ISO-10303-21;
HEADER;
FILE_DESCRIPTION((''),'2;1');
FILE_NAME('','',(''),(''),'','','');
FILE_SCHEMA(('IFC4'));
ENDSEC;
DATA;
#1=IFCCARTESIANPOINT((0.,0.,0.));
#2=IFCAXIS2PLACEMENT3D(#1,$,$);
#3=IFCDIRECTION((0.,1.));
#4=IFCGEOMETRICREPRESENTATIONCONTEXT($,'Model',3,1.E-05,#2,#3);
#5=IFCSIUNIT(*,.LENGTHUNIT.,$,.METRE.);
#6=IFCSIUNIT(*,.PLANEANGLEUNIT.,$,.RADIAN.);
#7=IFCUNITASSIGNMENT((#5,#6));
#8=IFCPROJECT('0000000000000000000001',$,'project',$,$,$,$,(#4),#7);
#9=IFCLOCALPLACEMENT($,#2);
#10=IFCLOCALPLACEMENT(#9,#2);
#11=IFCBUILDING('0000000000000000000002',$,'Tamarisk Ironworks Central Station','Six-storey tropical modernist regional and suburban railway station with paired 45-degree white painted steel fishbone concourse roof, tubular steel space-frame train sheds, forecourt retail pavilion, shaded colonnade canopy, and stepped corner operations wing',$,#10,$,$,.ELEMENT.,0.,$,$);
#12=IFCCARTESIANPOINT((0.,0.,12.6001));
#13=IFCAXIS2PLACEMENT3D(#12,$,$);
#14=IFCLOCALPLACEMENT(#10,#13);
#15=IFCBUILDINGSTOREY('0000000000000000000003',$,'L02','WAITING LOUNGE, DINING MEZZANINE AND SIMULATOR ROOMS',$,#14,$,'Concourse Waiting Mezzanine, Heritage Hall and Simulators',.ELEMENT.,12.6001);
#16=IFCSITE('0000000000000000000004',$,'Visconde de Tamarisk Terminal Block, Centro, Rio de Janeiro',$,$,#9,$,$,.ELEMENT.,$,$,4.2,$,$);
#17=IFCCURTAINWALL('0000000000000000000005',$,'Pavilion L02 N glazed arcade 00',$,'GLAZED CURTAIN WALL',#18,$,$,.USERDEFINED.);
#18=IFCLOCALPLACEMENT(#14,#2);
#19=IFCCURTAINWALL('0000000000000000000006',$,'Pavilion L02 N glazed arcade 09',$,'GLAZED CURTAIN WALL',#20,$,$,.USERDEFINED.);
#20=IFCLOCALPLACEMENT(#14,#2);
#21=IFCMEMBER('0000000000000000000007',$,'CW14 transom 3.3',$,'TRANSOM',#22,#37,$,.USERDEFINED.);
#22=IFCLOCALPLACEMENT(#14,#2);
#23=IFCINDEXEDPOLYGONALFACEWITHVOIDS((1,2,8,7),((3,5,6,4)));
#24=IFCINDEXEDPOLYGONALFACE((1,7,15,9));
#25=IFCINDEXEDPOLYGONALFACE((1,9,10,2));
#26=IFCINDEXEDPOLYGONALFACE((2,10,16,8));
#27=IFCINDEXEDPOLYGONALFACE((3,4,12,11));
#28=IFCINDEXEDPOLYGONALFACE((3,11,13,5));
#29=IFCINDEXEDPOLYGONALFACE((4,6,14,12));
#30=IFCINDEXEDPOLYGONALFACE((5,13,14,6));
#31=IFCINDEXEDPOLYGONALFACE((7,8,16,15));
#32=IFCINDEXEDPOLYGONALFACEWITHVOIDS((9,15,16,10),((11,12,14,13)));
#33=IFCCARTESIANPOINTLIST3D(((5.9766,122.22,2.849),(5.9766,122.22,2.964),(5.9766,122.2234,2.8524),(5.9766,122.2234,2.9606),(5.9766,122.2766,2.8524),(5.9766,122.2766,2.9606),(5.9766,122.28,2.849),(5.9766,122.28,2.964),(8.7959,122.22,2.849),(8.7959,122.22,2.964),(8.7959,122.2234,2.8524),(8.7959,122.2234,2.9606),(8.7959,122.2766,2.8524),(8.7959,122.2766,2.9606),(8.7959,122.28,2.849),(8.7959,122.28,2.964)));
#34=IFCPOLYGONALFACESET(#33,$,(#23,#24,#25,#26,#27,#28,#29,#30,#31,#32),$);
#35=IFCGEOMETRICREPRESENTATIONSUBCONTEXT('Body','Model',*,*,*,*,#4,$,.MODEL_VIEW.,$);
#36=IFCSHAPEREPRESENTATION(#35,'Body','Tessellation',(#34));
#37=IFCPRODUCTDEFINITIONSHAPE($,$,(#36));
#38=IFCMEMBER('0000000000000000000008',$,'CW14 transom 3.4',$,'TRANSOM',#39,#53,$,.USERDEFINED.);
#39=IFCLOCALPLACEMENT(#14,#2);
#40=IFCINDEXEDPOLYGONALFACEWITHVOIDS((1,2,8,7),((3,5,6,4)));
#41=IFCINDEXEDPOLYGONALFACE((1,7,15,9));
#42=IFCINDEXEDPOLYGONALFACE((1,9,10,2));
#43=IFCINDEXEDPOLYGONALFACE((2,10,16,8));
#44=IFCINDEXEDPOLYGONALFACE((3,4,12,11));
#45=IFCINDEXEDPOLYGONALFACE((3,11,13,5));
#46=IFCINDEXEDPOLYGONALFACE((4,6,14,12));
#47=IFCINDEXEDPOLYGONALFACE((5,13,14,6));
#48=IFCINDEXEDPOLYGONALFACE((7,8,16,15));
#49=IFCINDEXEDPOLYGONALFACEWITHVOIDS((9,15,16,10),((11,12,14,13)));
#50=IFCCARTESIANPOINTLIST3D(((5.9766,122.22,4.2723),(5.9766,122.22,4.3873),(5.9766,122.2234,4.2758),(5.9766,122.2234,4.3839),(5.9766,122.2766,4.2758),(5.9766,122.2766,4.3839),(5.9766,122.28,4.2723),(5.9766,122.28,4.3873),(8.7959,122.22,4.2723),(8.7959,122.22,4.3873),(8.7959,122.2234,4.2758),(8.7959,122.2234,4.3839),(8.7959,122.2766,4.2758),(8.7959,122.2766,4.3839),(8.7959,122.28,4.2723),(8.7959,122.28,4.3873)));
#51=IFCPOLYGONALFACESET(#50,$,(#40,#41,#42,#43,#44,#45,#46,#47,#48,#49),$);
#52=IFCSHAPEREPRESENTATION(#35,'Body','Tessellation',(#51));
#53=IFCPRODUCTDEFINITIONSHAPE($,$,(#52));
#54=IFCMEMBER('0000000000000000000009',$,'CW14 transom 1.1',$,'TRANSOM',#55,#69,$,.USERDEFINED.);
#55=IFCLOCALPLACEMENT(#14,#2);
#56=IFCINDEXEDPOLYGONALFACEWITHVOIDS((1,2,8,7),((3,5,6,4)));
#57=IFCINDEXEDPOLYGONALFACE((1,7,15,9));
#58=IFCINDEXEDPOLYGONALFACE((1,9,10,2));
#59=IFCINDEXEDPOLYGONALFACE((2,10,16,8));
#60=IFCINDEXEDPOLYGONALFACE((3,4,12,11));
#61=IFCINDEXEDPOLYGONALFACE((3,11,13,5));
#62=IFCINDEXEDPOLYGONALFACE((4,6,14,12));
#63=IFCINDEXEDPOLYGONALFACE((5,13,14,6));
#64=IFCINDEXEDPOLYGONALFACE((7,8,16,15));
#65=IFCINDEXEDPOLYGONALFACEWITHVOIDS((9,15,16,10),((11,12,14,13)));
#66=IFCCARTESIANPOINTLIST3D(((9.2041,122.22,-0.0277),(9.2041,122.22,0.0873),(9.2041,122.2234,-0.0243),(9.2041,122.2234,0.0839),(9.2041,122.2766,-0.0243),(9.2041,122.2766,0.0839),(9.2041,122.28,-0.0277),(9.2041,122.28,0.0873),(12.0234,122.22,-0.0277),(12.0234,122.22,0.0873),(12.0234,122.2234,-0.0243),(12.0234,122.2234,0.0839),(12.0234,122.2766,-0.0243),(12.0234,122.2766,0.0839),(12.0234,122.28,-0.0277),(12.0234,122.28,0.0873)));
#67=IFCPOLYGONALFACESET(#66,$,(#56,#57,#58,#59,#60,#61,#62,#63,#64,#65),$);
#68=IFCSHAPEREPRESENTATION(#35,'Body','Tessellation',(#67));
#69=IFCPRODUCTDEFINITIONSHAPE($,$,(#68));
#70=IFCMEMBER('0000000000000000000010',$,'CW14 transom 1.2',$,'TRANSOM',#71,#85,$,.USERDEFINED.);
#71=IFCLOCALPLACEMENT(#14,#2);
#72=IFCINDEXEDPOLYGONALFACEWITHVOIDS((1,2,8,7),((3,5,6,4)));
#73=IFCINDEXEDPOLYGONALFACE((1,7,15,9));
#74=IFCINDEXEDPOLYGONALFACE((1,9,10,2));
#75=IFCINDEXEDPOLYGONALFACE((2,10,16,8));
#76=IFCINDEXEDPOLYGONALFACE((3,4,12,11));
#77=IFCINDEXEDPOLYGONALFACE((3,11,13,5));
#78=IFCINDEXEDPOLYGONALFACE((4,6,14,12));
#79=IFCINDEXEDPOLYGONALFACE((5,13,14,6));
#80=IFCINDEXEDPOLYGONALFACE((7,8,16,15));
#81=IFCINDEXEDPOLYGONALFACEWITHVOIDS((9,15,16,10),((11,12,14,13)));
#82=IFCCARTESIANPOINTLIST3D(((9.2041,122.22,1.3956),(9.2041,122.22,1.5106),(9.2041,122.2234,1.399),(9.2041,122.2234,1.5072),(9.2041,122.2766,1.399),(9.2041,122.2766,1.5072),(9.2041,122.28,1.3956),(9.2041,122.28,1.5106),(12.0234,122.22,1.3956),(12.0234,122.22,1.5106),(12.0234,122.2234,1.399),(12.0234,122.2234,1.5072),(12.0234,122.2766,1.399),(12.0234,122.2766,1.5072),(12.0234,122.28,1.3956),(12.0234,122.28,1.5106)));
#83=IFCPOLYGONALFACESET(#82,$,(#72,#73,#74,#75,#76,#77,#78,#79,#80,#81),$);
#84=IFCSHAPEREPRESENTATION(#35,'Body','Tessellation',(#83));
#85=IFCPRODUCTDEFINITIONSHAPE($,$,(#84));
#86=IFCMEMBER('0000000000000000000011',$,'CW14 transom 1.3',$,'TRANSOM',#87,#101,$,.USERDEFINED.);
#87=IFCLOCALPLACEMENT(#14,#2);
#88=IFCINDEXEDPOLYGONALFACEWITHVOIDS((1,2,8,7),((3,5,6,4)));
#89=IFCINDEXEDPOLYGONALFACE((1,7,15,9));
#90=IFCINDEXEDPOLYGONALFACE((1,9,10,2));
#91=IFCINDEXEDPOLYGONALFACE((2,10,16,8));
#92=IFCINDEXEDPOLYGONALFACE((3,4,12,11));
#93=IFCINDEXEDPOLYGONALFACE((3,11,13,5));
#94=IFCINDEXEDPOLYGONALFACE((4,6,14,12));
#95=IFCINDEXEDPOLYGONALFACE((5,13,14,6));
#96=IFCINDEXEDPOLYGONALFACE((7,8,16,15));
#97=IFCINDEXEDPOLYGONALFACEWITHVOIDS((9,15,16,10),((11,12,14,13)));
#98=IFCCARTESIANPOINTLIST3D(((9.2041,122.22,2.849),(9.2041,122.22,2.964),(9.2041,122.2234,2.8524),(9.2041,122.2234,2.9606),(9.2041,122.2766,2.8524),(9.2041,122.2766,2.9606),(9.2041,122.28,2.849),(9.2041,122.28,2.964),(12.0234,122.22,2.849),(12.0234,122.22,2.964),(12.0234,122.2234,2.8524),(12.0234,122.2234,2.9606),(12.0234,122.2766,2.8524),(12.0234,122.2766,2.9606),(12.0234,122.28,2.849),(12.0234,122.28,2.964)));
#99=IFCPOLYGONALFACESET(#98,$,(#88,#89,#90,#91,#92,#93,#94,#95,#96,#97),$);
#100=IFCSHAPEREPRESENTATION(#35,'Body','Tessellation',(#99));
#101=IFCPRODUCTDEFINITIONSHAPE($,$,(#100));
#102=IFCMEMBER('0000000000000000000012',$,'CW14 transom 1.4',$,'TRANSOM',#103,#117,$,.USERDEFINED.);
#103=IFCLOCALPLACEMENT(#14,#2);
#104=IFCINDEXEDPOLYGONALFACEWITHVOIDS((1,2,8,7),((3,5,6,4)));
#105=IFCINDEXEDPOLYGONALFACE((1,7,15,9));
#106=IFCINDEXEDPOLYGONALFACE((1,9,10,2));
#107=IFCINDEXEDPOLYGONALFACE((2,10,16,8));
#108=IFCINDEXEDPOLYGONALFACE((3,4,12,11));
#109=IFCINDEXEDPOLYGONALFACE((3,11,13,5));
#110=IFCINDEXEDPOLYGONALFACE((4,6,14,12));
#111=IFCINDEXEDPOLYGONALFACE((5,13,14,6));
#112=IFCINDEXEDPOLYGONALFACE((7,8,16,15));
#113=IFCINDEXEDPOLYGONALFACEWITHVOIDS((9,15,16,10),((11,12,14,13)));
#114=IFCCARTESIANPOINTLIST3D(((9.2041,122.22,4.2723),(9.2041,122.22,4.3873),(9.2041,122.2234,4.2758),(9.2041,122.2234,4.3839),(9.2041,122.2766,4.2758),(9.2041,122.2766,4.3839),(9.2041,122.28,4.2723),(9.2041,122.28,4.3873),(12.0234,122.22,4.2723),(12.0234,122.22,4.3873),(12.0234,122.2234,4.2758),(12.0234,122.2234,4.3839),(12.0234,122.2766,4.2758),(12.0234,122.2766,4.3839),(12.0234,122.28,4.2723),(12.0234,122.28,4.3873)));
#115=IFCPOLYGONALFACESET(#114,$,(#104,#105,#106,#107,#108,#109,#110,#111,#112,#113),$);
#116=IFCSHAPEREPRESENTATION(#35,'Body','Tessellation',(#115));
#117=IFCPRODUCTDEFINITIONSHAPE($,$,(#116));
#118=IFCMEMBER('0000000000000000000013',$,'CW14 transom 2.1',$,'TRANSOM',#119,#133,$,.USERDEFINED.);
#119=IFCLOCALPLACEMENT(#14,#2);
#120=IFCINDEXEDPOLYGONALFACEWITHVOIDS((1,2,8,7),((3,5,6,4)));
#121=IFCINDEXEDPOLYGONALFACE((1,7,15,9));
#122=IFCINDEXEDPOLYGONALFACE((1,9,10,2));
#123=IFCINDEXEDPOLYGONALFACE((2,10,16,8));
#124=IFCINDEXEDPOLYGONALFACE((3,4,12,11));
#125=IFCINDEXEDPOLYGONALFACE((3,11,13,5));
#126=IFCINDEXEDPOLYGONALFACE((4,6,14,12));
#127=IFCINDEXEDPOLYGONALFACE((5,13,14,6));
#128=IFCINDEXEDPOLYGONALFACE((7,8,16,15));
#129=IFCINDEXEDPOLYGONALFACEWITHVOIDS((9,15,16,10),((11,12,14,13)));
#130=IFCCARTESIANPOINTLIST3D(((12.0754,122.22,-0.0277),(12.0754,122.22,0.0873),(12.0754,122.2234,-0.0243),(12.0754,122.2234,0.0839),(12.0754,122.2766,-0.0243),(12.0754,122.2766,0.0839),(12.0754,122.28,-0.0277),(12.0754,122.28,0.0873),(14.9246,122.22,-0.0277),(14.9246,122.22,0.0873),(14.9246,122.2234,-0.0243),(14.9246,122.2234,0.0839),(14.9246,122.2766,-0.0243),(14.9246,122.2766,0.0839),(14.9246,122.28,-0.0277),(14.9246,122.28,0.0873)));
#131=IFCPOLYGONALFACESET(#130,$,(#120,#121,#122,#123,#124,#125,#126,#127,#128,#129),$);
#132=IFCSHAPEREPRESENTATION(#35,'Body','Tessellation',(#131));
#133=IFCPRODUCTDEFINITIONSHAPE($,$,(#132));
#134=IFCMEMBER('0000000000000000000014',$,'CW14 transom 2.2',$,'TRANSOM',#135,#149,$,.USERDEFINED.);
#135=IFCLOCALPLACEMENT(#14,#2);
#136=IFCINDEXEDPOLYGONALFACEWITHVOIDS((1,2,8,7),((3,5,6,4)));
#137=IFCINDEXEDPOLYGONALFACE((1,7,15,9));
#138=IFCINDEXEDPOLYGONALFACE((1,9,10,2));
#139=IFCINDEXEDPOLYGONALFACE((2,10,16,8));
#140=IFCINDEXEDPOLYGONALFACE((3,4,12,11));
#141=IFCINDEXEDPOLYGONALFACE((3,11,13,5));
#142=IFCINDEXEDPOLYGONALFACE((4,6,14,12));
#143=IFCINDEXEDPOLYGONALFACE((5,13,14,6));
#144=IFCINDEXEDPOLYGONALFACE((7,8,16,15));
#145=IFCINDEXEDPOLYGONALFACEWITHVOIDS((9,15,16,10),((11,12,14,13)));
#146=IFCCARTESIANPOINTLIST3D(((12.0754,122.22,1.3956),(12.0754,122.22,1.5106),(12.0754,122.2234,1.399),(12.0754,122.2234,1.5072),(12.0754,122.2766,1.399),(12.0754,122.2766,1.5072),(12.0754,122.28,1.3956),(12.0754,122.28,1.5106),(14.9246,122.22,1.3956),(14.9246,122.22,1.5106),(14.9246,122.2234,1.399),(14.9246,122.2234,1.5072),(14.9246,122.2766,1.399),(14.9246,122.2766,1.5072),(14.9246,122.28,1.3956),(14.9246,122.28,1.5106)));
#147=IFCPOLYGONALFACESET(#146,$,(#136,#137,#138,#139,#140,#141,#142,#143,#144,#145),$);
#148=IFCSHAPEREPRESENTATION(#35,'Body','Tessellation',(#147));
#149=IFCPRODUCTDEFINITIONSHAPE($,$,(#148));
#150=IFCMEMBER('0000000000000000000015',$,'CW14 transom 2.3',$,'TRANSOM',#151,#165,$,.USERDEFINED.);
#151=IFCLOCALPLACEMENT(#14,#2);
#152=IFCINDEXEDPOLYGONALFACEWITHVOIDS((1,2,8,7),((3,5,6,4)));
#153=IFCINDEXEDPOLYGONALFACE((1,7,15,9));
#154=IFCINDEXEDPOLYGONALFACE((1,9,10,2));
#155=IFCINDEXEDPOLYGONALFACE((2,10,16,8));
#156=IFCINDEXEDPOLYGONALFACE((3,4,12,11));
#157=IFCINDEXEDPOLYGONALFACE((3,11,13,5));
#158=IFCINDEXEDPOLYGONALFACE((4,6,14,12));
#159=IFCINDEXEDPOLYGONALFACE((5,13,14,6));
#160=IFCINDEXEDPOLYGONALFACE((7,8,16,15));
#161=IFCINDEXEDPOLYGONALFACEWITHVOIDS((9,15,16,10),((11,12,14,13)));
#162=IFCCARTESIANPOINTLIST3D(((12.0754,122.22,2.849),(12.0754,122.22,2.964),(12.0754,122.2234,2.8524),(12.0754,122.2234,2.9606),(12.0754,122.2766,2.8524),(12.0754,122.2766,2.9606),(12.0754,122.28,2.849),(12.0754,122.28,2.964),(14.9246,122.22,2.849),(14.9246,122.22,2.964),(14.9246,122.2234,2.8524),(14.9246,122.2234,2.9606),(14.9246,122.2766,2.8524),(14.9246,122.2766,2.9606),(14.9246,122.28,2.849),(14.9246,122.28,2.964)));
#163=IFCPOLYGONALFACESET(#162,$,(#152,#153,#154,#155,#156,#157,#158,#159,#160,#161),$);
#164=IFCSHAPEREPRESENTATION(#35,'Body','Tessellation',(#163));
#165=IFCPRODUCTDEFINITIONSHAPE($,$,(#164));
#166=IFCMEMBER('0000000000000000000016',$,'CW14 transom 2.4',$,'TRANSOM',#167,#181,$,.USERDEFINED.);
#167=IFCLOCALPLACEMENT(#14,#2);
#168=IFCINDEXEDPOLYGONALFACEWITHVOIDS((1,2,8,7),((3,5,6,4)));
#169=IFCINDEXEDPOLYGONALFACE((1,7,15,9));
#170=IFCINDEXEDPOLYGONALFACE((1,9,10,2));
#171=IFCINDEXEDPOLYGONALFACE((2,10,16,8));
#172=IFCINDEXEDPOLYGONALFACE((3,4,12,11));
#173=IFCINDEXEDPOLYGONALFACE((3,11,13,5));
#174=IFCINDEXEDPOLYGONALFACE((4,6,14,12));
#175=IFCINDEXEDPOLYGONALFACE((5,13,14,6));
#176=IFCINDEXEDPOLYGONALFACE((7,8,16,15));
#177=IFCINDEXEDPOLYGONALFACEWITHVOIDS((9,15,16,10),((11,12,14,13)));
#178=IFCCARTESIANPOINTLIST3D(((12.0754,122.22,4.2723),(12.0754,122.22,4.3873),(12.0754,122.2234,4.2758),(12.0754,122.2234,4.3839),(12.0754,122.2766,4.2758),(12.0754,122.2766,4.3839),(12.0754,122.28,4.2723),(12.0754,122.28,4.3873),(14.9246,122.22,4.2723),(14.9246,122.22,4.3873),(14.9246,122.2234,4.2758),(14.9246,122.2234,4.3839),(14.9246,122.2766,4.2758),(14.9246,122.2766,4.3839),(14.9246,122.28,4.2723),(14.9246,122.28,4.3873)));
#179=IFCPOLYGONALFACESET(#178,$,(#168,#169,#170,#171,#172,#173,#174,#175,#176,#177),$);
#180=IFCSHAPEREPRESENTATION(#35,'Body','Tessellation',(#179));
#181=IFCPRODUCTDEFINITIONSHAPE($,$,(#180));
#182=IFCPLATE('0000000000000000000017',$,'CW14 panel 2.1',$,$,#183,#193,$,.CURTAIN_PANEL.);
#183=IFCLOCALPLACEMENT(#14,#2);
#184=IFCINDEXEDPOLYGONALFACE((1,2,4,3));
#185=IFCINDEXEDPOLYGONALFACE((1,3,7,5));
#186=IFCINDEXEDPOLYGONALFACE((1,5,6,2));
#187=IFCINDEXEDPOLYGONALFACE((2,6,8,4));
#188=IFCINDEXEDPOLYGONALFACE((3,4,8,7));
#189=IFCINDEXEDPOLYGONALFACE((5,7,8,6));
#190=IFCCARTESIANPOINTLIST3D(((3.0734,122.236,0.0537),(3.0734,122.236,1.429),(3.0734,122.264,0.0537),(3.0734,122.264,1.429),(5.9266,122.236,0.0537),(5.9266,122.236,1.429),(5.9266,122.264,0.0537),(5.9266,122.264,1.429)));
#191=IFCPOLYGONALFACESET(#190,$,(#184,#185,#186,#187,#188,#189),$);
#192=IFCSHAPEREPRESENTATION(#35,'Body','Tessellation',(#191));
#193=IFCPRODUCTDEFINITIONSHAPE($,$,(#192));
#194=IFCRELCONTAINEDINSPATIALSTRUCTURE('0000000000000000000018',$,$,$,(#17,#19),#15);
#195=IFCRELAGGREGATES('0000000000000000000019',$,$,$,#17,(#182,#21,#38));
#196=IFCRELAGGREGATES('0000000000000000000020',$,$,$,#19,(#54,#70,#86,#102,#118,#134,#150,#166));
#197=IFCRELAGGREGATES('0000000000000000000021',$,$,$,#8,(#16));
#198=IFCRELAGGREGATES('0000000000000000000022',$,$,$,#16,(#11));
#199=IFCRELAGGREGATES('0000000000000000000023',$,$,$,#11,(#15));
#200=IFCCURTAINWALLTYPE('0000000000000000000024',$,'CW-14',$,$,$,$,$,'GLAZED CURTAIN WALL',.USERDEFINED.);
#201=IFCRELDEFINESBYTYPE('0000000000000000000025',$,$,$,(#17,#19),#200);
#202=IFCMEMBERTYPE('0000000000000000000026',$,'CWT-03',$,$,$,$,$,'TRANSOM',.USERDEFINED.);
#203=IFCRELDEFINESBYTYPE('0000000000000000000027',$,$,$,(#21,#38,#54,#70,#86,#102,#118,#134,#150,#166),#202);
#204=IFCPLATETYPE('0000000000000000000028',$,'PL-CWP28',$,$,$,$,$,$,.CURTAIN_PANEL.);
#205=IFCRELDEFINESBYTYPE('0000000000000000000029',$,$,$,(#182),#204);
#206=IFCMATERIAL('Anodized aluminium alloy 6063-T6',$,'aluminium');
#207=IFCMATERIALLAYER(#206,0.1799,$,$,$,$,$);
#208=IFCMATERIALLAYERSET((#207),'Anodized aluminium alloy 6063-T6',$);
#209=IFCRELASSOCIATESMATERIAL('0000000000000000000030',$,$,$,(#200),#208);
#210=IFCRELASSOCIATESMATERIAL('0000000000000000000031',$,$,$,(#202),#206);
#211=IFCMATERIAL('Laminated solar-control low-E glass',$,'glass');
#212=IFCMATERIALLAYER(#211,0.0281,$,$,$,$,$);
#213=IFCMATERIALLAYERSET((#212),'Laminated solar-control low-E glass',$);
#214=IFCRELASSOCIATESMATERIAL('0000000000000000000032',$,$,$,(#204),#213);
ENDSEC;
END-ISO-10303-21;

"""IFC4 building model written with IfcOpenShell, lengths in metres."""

from ifc_helpers import new_model, si_unit, direction, frame, origin, origin_2d, place, context, subcontext, project, spatial, rectangle, hollow_rectangle, extrude, material, layer, layer_set, material_profile, profile_set, type_object, element, aggregate, save


model = new_model("IFC4")

# Units and contexts
model_context = context("Model", 3, precision=1e-05, world=origin(), true_north=direction((0.0, 1.0)))
body_context = subcontext(model_context, "Body", "Model", "MODEL_VIEW")
ifc_project = project(units=[si_unit("LENGTHUNIT", "METRE"), si_unit("PLANEANGLEUNIT", "RADIAN")], contexts=[model_context])

# Site, building, storey
site_placement = place(None, origin())
site = spatial("IfcSite", under=ifc_project, at=site_placement, Name="Visconde de Tamarisk Terminal Block, Centro, Rio de Janeiro", CompositionType="ELEMENT", RefElevation=4.2)
building_placement = place(site_placement, origin())
building = spatial("IfcBuilding", under=site, at=building_placement, Name="Tamarisk Ironworks Central Station", Description="Six-storey tropical modernist regional and suburban railway station with paired 45-degree white painted steel fishbone concourse roof, tubular steel space-frame train sheds, forecourt retail pavilion, shaded colonnade canopy, and stepped corner operations wing", CompositionType="ELEMENT", ElevationOfRefHeight=0.0)
storey_placement = place(building_placement, frame((0.0, 0.0, 12.6001)))
storey = spatial("IfcBuildingStorey", under=building, at=storey_placement, Name="L02", Description="WAITING LOUNGE, DINING MEZZANINE AND SIMULATOR ROOMS", LongName="Concourse Waiting Mezzanine, Heritage Hall and Simulators", CompositionType="ELEMENT", Elevation=12.6001)

# Curtain walls
ifc_material_1 = material(Name="Anodized aluminium alloy 6063-T6", Category="aluminium")
ifc_layer_1 = layer(ifc_material_1, 0.1799)
ifc_layer_set_1 = layer_set([ifc_layer_1], Name="Anodized aluminium alloy 6063-T6")
curtain_wall_type = type_object("IfcCurtainWallType", Name="CW-14", ElementType="GLAZED CURTAIN WALL", PredefinedType="USERDEFINED", material=ifc_layer_set_1)
curtain_wall_1_placement = place(storey_placement, origin())
curtain_wall_1 = element("IfcCurtainWall", 1, at=curtain_wall_1_placement, inside=storey, type_object=curtain_wall_type, Name="Pavilion L02 N glazed arcade 00", ObjectType="GLAZED CURTAIN WALL", PredefinedType="USERDEFINED")
curtain_wall_2_placement = place(storey_placement, origin())
curtain_wall_2 = element("IfcCurtainWall", 2, at=curtain_wall_2_placement, inside=storey, type_object=curtain_wall_type, Name="Pavilion L02 N glazed arcade 09", ObjectType="GLAZED CURTAIN WALL", PredefinedType="USERDEFINED")

# Members
ifc_material_profile_1 = material_profile(ifc_material_1, hollow_rectangle(XDim=0.0601, YDim=0.115, WallThickness=0.0034, at=origin_2d()), Name="ALUM 115x60")
ifc_profile_set_1 = profile_set([ifc_material_profile_1], Name="Anodized aluminium alloy 6063-T6")
member_type_1 = type_object("IfcMemberType", Name="CWT-03", ElementType="TRANSOM", PredefinedType="USERDEFINED", material=ifc_profile_set_1)
member_1_placement = place(storey_placement, frame((5.9766, 122.25, 2.9065), z_axis=(1.0, 0.0, 0.0), x_axis=(0.0, 1.0, 0.0)))
member_1 = element("IfcMember", 3, at=member_1_placement, type_object=member_type_1, Name="CW14 transom 3.3", ObjectType="TRANSOM", PredefinedType="USERDEFINED", context=body_context, shape_type="SweptSolid", body=[
    extrude(hollow_rectangle(XDim=0.0601, YDim=0.115, WallThickness=0.0034, at=origin_2d()), origin(), (0.0, 0.0, 1.0), 2.8193),
])
member_2_placement = place(storey_placement, frame((5.9766, 122.25, 4.3298), z_axis=(1.0, 0.0, 0.0), x_axis=(0.0, 1.0, 0.0)))
member_2 = element("IfcMember", 4, at=member_2_placement, type_object=member_type_1, Name="CW14 transom 3.4", ObjectType="TRANSOM", PredefinedType="USERDEFINED", context=body_context, shape_type="SweptSolid", body=[
    extrude(hollow_rectangle(XDim=0.0601, YDim=0.115, WallThickness=0.0034, at=origin_2d()), origin(), (0.0, 0.0, 1.0), 2.8193),
])
member_3_placement = place(storey_placement, frame((9.2041, 122.25, 0.0298), z_axis=(1.0, 0.0, 0.0), x_axis=(0.0, 1.0, 0.0)))
member_3 = element("IfcMember", 5, at=member_3_placement, type_object=member_type_1, Name="CW14 transom 1.1", ObjectType="TRANSOM", PredefinedType="USERDEFINED", context=body_context, shape_type="SweptSolid", body=[
    extrude(hollow_rectangle(XDim=0.0601, YDim=0.115, WallThickness=0.0034, at=origin_2d()), origin(), (0.0, 0.0, 1.0), 2.8193),
])
member_4_placement = place(storey_placement, frame((9.2041, 122.25, 1.4531), z_axis=(1.0, 0.0, 0.0), x_axis=(0.0, 1.0, 0.0)))
member_4 = element("IfcMember", 6, at=member_4_placement, type_object=member_type_1, Name="CW14 transom 1.2", ObjectType="TRANSOM", PredefinedType="USERDEFINED", context=body_context, shape_type="SweptSolid", body=[
    extrude(hollow_rectangle(XDim=0.0601, YDim=0.115, WallThickness=0.0034, at=origin_2d()), origin(), (0.0, 0.0, 1.0), 2.8193),
])
member_5_placement = place(storey_placement, frame((9.2041, 122.25, 2.9065), z_axis=(1.0, 0.0, 0.0), x_axis=(0.0, 1.0, 0.0)))
member_5 = element("IfcMember", 7, at=member_5_placement, type_object=member_type_1, Name="CW14 transom 1.3", ObjectType="TRANSOM", PredefinedType="USERDEFINED", context=body_context, shape_type="SweptSolid", body=[
    extrude(hollow_rectangle(XDim=0.0601, YDim=0.115, WallThickness=0.0034, at=origin_2d()), origin(), (0.0, 0.0, 1.0), 2.8193),
])
member_6_placement = place(storey_placement, frame((9.2041, 122.25, 4.3298), z_axis=(1.0, 0.0, 0.0), x_axis=(0.0, 1.0, 0.0)))
member_6 = element("IfcMember", 8, at=member_6_placement, type_object=member_type_1, Name="CW14 transom 1.4", ObjectType="TRANSOM", PredefinedType="USERDEFINED", context=body_context, shape_type="SweptSolid", body=[
    extrude(hollow_rectangle(XDim=0.0601, YDim=0.115, WallThickness=0.0034, at=origin_2d()), origin(), (0.0, 0.0, 1.0), 2.8193),
])
member_7_placement = place(storey_placement, frame((12.0754, 122.25, 0.0298), z_axis=(1.0, 0.0, 0.0), x_axis=(0.0, 1.0, 0.0)))
member_7 = element("IfcMember", 9, at=member_7_placement, type_object=member_type_1, Name="CW14 transom 2.1", ObjectType="TRANSOM", PredefinedType="USERDEFINED", context=body_context, shape_type="SweptSolid", body=[
    extrude(hollow_rectangle(XDim=0.0601, YDim=0.115, WallThickness=0.0034, at=origin_2d()), origin(), (0.0, 0.0, 1.0), 2.8491),
])
member_8_placement = place(storey_placement, frame((12.0754, 122.25, 1.4531), z_axis=(1.0, 0.0, 0.0), x_axis=(0.0, 1.0, 0.0)))
member_8 = element("IfcMember", 10, at=member_8_placement, type_object=member_type_1, Name="CW14 transom 2.2", ObjectType="TRANSOM", PredefinedType="USERDEFINED", context=body_context, shape_type="SweptSolid", body=[
    extrude(hollow_rectangle(XDim=0.0601, YDim=0.115, WallThickness=0.0034, at=origin_2d()), origin(), (0.0, 0.0, 1.0), 2.8491),
])
member_9_placement = place(storey_placement, frame((12.0754, 122.25, 2.9065), z_axis=(1.0, 0.0, 0.0), x_axis=(0.0, 1.0, 0.0)))
member_9 = element("IfcMember", 11, at=member_9_placement, type_object=member_type_1, Name="CW14 transom 2.3", ObjectType="TRANSOM", PredefinedType="USERDEFINED", context=body_context, shape_type="SweptSolid", body=[
    extrude(hollow_rectangle(XDim=0.0601, YDim=0.115, WallThickness=0.0034, at=origin_2d()), origin(), (0.0, 0.0, 1.0), 2.8491),
])
member_10_placement = place(storey_placement, frame((12.0754, 122.25, 4.3298), z_axis=(1.0, 0.0, 0.0), x_axis=(0.0, 1.0, 0.0)))
member_10 = element("IfcMember", 12, at=member_10_placement, type_object=member_type_1, Name="CW14 transom 2.4", ObjectType="TRANSOM", PredefinedType="USERDEFINED", context=body_context, shape_type="SweptSolid", body=[
    extrude(hollow_rectangle(XDim=0.0601, YDim=0.115, WallThickness=0.0034, at=origin_2d()), origin(), (0.0, 0.0, 1.0), 2.8491),
])

# Plate
ifc_material_2 = material(Name="Laminated solar-control low-E glass", Category="glass")
ifc_layer_2 = layer(ifc_material_2, 0.0281)
ifc_layer_set_2 = layer_set([ifc_layer_2], Name="Laminated solar-control low-E glass")
plate_type = type_object("IfcPlateType", Name="PL-CWP28", PredefinedType="CURTAIN_PANEL", material=ifc_layer_set_2)
plate_1_placement = place(storey_placement, frame((4.5, 122.25, 0.0537), z_axis=(0.0, 0.0, 1.0), x_axis=(1.0, 0.0, 0.0)))
plate_1 = element("IfcPlate", 13, at=plate_1_placement, type_object=plate_type, Name="CW14 panel 2.1", PredefinedType="CURTAIN_PANEL", context=body_context, shape_type="SweptSolid", body=[
    extrude(rectangle(XDim=2.8533, YDim=0.0281, at=origin_2d()), origin(), (0.0, 0.0, 1.0), 1.3752),
])
aggregate(curtain_wall_1, [plate_1, member_1, member_2])
aggregate(curtain_wall_2, [member_3, member_4, member_5, member_6, member_7, member_8, member_9, member_10])

save(model, "model.ifc")
